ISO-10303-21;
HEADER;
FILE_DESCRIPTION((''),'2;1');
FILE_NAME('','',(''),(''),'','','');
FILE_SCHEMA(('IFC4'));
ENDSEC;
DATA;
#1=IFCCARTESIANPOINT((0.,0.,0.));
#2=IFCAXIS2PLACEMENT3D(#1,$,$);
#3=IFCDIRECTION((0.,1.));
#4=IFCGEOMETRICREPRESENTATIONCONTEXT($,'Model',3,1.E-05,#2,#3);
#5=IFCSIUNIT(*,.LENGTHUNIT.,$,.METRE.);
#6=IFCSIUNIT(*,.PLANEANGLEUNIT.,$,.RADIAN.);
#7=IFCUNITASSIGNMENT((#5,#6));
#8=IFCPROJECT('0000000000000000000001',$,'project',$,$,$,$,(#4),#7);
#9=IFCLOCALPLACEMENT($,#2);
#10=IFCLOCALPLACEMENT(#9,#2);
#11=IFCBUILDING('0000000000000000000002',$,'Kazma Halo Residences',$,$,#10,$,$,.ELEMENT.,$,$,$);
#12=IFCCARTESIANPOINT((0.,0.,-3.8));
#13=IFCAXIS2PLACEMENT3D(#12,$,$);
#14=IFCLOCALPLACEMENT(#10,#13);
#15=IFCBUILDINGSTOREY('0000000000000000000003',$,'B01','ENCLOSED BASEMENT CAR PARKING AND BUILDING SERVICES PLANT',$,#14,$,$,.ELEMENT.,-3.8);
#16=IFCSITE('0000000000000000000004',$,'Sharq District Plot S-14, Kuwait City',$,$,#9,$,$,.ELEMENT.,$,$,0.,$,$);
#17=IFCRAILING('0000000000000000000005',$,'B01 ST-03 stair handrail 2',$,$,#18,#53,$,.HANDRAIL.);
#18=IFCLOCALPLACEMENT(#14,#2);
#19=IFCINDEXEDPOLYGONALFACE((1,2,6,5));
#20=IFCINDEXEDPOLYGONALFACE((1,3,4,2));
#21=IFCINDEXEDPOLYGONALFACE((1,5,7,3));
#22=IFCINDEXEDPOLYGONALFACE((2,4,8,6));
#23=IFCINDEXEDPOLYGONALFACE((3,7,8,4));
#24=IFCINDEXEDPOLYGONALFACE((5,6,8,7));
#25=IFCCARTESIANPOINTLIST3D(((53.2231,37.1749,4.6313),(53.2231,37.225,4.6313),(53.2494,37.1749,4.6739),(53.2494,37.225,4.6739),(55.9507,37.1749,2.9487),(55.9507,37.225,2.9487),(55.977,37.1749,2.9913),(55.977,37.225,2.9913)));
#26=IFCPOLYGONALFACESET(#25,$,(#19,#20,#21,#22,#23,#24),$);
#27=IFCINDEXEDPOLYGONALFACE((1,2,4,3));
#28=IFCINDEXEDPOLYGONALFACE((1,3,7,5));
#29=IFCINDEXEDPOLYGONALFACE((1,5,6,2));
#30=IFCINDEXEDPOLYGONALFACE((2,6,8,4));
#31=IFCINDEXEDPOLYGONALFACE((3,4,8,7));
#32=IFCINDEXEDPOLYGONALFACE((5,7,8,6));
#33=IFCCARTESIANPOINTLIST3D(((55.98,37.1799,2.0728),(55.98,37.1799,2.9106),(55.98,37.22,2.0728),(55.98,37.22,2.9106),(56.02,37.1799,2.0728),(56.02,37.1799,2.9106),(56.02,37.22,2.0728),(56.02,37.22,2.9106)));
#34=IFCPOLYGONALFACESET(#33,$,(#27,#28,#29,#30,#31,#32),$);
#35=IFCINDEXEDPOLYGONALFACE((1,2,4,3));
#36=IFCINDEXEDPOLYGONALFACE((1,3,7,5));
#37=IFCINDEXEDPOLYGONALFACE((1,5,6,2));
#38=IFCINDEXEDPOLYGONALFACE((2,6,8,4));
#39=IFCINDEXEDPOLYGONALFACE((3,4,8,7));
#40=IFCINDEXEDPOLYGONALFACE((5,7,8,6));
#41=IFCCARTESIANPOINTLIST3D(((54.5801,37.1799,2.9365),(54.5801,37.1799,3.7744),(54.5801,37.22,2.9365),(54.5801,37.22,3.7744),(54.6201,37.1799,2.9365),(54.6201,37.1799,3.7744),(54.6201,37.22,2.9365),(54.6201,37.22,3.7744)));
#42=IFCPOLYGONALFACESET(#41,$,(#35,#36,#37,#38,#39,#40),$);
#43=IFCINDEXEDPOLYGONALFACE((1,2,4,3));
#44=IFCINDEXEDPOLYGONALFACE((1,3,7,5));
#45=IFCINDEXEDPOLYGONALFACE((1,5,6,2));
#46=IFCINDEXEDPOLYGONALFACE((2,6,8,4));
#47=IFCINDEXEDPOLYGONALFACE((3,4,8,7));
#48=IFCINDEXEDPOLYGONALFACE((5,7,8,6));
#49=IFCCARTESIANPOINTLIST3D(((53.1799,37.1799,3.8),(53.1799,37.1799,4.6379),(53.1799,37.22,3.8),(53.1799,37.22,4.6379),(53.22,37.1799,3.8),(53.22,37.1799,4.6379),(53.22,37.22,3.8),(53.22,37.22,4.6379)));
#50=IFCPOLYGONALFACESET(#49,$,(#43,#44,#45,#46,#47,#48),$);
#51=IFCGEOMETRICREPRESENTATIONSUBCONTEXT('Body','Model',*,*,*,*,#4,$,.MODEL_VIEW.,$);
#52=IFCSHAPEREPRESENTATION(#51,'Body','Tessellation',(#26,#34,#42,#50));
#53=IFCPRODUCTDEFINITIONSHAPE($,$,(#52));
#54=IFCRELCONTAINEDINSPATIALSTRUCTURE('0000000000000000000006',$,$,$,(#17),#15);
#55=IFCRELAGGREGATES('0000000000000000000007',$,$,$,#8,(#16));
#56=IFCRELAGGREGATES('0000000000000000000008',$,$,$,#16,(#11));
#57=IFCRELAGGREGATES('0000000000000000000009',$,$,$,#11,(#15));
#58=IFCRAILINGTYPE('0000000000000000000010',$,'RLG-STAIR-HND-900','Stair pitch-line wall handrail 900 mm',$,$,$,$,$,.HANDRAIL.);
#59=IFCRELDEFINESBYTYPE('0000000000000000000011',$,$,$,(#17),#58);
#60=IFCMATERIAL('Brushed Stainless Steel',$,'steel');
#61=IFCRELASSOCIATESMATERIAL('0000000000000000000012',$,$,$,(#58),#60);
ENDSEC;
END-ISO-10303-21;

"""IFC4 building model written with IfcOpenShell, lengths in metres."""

from ifc_helpers import new_model, si_unit, direction, frame, origin, origin_2d, place, context, subcontext, project, spatial, rectangle, extrude, material, type_object, element, save


model = new_model("IFC4")

# Units and contexts
model_context = context("Model", 3, precision=1e-05, world=origin(), true_north=direction((0.0, 1.0)))
body_context = subcontext(model_context, "Body", "Model", "MODEL_VIEW")
ifc_project = project(units=[si_unit("LENGTHUNIT", "METRE"), si_unit("PLANEANGLEUNIT", "RADIAN")], contexts=[model_context])

# Site, building, storey
site_placement = place(None, origin())
site = spatial("IfcSite", under=ifc_project, at=site_placement, Name="Sharq District Plot S-14, Kuwait City", CompositionType="ELEMENT", RefElevation=0.0)
building_placement = place(site_placement, origin())
building = spatial("IfcBuilding", under=site, at=building_placement, Name="Kazma Halo Residences", CompositionType="ELEMENT")
storey_placement = place(building_placement, frame((0.0, 0.0, -3.8)))
storey = spatial("IfcBuildingStorey", under=building, at=storey_placement, Name="B01", Description="ENCLOSED BASEMENT CAR PARKING AND BUILDING SERVICES PLANT", CompositionType="ELEMENT", Elevation=-3.8)

# Railing
ifc_material_1 = material(Name="Brushed Stainless Steel", Category="steel")
railing_type_1 = type_object("IfcRailingType", Name="RLG-STAIR-HND-900", Description="Stair pitch-line wall handrail 900 mm", PredefinedType="HANDRAIL", material=ifc_material_1)
railing_1_placement = place(storey_placement, frame((56.0, 37.2, 2.0728)))
element("IfcRailing", 1, at=railing_1_placement, inside=storey, type_object=railing_type_1, Name="B01 ST-03 stair handrail 2", PredefinedType="HANDRAIL", context=body_context, shape_type="SweptSolid", body=[
    extrude(rectangle(XDim=0.05, YDim=0.05, at=origin_2d()), frame((-0.0361, 0.0, 0.8972), z_axis=(-0.85109, 0.0, 0.52502), x_axis=(0.0, -1.0, 0.0)), (0.0, 0.0, 1.0), 3.2048),
    extrude(rectangle(XDim=0.04, YDim=0.04, at=origin_2d()), origin(), (0.0, 0.0, 1.0), 0.8379),
    extrude(rectangle(XDim=0.04, YDim=0.04, at=origin_2d()), frame((-1.3999, 0.0, 0.8638)), (0.0, 0.0, 1.0), 0.8379),
    extrude(rectangle(XDim=0.04, YDim=0.04, at=origin_2d()), frame((-2.8, 0.0, 1.7273)), (0.0, 0.0, 1.0), 0.8379),
])

save(model, "model.ifc")
